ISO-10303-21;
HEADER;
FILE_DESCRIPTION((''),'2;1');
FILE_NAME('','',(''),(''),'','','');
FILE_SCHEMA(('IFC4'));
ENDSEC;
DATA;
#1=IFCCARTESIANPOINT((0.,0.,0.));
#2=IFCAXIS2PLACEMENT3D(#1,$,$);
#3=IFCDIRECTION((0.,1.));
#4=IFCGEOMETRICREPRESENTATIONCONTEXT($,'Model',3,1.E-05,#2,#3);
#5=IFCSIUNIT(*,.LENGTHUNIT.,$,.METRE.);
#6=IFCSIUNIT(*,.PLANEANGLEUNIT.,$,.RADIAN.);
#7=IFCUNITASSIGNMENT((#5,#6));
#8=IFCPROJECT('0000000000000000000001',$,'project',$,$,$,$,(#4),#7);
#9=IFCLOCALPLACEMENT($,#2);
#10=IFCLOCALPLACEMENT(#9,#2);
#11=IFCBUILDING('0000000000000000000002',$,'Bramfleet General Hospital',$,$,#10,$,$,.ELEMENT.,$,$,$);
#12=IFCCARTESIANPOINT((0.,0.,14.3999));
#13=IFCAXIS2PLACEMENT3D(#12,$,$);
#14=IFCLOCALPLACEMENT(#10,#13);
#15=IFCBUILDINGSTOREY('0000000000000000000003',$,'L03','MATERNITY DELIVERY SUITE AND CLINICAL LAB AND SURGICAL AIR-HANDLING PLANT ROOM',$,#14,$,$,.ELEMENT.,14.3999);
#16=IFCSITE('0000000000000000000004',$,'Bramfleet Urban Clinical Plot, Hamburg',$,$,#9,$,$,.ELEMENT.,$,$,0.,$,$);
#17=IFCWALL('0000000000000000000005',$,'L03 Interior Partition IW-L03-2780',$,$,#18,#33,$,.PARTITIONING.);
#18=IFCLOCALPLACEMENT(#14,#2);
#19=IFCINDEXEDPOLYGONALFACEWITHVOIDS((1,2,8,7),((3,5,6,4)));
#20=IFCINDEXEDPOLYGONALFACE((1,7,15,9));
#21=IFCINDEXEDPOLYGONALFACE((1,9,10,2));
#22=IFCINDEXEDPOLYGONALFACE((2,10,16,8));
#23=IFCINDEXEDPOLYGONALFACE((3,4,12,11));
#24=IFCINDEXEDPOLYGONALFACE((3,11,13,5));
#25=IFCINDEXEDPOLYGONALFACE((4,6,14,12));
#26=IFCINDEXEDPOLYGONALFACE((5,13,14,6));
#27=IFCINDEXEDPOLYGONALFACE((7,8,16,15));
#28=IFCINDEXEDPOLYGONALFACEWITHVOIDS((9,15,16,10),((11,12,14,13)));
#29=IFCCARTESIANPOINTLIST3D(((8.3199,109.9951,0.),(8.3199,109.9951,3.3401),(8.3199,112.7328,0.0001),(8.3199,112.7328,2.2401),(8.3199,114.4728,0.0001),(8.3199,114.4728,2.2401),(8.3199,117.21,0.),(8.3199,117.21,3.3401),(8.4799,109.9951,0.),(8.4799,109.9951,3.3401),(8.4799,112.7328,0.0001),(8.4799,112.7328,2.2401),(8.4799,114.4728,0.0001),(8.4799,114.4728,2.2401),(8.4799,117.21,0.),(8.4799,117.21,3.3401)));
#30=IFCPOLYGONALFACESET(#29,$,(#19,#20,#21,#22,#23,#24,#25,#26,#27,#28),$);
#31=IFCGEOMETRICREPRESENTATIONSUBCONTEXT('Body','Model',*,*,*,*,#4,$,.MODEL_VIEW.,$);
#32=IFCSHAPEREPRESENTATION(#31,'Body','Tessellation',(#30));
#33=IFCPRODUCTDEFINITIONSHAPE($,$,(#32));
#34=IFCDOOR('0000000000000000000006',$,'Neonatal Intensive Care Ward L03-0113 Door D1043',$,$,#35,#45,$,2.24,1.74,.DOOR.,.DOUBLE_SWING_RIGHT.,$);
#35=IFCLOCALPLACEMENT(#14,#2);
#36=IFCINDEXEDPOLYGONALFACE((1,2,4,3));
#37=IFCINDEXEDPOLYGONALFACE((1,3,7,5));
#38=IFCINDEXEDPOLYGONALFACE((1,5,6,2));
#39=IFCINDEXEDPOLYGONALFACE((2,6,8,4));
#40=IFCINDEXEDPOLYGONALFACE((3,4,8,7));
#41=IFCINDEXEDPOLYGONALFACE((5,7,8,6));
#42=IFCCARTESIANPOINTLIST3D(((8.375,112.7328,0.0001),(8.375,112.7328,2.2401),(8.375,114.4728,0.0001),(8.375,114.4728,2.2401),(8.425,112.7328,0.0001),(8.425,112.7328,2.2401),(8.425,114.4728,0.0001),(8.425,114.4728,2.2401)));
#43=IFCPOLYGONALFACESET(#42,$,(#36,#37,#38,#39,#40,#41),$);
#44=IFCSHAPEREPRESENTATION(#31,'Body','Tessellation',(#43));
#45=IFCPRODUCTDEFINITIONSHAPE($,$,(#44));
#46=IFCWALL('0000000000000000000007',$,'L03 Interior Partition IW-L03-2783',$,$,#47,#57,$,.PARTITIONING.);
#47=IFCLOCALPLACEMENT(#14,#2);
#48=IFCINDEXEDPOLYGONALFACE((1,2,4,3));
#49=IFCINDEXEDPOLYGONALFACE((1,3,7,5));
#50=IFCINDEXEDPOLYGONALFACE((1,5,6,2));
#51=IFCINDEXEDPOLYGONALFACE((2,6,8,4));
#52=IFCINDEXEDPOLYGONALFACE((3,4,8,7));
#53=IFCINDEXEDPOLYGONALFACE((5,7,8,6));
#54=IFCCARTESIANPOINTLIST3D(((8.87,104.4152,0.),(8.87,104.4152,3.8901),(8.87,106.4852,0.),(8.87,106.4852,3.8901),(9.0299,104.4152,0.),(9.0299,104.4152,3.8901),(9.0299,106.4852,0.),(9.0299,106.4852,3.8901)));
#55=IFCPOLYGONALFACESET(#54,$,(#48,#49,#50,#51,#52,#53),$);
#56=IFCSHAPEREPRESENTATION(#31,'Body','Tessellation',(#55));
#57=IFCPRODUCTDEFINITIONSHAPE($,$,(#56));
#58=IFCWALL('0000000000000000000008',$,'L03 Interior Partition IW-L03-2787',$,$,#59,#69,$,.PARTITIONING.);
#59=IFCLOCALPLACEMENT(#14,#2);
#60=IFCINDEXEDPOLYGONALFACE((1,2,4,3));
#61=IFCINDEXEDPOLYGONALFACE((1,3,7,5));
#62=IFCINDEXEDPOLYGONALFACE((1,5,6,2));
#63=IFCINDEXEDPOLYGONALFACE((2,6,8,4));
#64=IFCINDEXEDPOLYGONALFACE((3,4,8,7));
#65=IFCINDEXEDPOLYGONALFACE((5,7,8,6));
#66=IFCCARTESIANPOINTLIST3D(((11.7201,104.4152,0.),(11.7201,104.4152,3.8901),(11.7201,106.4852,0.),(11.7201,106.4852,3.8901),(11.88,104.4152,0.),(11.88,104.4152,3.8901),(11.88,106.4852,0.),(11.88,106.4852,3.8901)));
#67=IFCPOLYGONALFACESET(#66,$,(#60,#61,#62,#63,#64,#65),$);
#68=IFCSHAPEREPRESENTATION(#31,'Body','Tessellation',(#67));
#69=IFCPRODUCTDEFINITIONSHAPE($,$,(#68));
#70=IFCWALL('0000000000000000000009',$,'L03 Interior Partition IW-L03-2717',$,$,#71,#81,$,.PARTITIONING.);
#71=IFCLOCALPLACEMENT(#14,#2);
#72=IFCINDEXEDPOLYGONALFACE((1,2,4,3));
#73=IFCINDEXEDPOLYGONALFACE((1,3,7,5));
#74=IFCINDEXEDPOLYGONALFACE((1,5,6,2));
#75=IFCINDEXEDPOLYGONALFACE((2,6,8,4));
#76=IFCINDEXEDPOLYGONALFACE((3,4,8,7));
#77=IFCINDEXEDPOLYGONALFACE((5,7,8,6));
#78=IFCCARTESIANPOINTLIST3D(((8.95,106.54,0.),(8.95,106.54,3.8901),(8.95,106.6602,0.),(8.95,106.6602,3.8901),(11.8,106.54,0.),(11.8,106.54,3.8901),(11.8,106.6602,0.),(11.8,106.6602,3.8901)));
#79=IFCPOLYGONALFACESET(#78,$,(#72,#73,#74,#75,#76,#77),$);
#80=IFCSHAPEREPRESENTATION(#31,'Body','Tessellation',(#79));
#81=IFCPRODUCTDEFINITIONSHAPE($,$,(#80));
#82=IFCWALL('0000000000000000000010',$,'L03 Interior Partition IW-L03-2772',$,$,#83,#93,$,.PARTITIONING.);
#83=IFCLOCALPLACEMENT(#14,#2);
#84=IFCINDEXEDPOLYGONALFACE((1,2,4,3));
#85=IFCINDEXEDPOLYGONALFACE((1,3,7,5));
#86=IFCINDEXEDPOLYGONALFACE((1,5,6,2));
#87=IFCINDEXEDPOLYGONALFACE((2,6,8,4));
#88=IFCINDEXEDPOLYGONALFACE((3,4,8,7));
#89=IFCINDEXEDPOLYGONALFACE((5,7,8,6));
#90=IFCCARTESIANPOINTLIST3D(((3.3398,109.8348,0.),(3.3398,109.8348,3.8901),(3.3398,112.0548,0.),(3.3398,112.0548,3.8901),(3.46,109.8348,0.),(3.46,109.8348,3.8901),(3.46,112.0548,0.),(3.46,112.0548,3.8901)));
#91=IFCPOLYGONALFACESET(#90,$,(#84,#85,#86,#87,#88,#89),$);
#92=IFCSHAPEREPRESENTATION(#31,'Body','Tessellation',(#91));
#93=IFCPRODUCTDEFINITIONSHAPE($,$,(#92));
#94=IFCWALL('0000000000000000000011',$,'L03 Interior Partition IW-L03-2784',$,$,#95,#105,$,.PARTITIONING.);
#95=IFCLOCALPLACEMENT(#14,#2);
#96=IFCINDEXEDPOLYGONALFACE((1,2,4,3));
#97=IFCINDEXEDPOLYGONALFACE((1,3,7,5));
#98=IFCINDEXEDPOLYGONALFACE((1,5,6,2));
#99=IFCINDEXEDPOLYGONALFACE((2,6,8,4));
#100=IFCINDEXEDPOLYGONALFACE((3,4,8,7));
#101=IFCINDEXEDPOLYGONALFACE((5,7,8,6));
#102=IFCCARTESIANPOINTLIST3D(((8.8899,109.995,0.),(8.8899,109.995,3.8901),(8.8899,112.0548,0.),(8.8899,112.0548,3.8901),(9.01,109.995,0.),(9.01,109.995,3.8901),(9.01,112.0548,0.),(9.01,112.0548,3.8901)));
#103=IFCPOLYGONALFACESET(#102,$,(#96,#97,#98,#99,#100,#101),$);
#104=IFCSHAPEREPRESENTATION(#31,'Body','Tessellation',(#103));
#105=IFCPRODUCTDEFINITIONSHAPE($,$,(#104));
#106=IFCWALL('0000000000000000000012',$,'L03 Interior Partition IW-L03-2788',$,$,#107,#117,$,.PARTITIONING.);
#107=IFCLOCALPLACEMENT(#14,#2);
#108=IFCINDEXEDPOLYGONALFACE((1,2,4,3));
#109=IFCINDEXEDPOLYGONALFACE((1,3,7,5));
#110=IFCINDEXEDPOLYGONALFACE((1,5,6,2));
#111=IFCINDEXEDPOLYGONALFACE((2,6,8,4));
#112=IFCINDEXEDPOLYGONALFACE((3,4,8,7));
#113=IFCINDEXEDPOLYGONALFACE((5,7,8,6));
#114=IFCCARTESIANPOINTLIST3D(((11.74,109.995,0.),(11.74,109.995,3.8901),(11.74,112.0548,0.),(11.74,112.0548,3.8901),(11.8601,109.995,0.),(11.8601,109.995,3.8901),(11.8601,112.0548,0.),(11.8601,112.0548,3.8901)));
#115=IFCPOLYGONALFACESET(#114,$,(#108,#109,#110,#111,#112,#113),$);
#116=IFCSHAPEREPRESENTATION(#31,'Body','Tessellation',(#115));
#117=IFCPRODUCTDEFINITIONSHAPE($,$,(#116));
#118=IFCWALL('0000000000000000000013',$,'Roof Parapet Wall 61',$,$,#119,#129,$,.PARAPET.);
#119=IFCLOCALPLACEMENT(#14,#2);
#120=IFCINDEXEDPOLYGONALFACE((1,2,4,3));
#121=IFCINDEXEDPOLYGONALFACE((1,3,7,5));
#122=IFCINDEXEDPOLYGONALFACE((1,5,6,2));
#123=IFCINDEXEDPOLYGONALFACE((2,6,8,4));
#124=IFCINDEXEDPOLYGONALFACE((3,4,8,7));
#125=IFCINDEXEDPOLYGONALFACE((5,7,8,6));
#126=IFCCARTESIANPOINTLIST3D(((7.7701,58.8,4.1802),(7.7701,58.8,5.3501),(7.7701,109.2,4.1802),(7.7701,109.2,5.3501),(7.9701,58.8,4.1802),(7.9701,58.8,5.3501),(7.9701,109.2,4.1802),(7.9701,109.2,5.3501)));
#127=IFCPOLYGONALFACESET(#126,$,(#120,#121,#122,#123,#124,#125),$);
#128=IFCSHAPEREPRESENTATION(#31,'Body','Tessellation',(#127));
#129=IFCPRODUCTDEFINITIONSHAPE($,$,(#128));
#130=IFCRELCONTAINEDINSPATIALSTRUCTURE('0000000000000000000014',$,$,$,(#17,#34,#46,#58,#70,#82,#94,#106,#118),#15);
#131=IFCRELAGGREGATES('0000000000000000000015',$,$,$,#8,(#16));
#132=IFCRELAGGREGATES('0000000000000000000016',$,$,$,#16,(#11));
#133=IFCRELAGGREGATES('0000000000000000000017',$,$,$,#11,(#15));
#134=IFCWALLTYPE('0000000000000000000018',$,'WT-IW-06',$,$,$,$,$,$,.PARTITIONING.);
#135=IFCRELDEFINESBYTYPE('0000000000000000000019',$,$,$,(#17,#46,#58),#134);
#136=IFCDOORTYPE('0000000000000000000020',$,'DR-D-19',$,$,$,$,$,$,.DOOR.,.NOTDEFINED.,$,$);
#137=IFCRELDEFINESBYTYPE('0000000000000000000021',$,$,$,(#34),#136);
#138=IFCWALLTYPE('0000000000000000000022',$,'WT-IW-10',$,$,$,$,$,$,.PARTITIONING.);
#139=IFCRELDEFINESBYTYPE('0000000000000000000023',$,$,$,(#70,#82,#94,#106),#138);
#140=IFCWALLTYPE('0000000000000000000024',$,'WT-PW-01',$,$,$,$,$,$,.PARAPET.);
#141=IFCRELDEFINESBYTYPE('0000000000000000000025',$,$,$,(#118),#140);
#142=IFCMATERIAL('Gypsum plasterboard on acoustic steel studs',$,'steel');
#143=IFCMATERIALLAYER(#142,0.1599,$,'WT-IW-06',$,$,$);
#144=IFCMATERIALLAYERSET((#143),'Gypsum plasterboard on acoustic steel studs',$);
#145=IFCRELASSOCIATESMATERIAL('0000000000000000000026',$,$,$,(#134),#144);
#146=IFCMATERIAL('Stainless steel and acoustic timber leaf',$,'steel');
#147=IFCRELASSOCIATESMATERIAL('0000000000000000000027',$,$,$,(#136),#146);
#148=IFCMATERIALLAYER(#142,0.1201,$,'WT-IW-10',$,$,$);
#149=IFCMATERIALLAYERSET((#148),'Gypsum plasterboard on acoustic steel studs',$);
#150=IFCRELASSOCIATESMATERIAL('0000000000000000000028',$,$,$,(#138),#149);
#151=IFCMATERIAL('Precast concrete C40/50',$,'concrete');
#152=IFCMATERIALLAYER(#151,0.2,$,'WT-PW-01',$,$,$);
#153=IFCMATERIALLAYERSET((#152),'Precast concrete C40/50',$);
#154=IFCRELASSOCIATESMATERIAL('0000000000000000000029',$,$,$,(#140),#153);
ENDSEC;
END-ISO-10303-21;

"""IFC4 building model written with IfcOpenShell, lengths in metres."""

from ifc_helpers import new_model, si_unit, direction, frame, frame_2d, origin, place, context, subcontext, project, spatial, rectangle, extrude, material, layer, layer_set, type_object, element, fill, save


model = new_model("IFC4")

# Units and contexts
model_context = context("Model", 3, precision=1e-05, world=origin(), true_north=direction((0.0, 1.0)))
body_context = subcontext(model_context, "Body", "Model", "MODEL_VIEW")
ifc_project = project(units=[si_unit("LENGTHUNIT", "METRE"), si_unit("PLANEANGLEUNIT", "RADIAN")], contexts=[model_context])

# Site, building, storey
site_placement = place(None, origin())
site = spatial("IfcSite", under=ifc_project, at=site_placement, Name="Bramfleet Urban Clinical Plot, Hamburg", CompositionType="ELEMENT", RefElevation=0.0)
building_placement = place(site_placement, origin())
building = spatial("IfcBuilding", under=site, at=building_placement, Name="Bramfleet General Hospital", CompositionType="ELEMENT")
storey_placement = place(building_placement, frame((0.0, 0.0, 14.3999)))
storey = spatial("IfcBuildingStorey", under=building, at=storey_placement, Name="L03", Description="MATERNITY DELIVERY SUITE AND CLINICAL LAB AND SURGICAL AIR-HANDLING PLANT ROOM", CompositionType="ELEMENT", Elevation=14.3999)

# Shared definitions
ifc_material_1 = material(Name="Gypsum plasterboard on acoustic steel studs", Category="steel")
ifc_layer_1 = layer(ifc_material_1, 0.1599, Name="WT-IW-06")
ifc_layer_set_1 = layer_set([ifc_layer_1], Name="Gypsum plasterboard on acoustic steel studs")
wall_type_1 = type_object("IfcWallType", Name="WT-IW-06", PredefinedType="PARTITIONING", material=ifc_layer_set_1)
ifc_material_2 = material(Name="Stainless steel and acoustic timber leaf", Category="steel")

# Wall, opening, door
wall_1_placement = place(storey_placement, frame((8.3999, 109.9951, 0.0), z_axis=(0.0, 0.0, 1.0), x_axis=(0.0, 1.0, 0.0)))
wall_1 = element("IfcWall", 1, at=wall_1_placement, inside=storey, type_object=wall_type_1, Name="L03 Interior Partition IW-L03-2780", PredefinedType="PARTITIONING", context=body_context, shape_type="SweptSolid", body=[
    extrude(rectangle(XDim=7.2148, YDim=0.1599, at=frame_2d((3.6074, 0.0))), origin(), (0.0, 0.0, 1.0), 3.3401),
])
opening_1_placement = place(wall_1_placement, frame((2.7375, 0.0, 0.0)))
opening_1 = element("IfcOpeningElement", 2, at=opening_1_placement, cuts=wall_1, PredefinedType="OPENING", context=body_context, shape_type="SweptSolid", body=[
    extrude(rectangle(XDim=1.74, YDim=2.24, at=frame_2d((0.8701, 1.1201))), frame((0.0, 0.0898, 0.0), z_axis=(0.0, -1.0, 0.0), x_axis=(1.0, 0.0, 0.0)), (0.0, 0.0, 1.0), 0.1799),
])
door_type_1 = type_object("IfcDoorType", Name="DR-D-19", OperationType="NOTDEFINED", PredefinedType="DOOR", material=ifc_material_2)
door_1_placement = place(opening_1_placement, origin())
door_1 = element("IfcDoor", 3, at=door_1_placement, inside=storey, type_object=door_type_1, Name="Neonatal Intensive Care Ward L03-0113 Door D1043", OperationType="DOUBLE_SWING_RIGHT", OverallHeight=2.24, OverallWidth=1.74, PredefinedType="DOOR", context=body_context, shape_type="SweptSolid", body=[
    extrude(rectangle(XDim=1.74, YDim=2.24, at=frame_2d((0.8701, 1.1201))), frame((0.0, 0.0249, 0.0), z_axis=(0.0, -1.0, 0.0), x_axis=(1.0, 0.0, 0.0)), (0.0, 0.0, 1.0), 0.05),
])
fill(opening_1, door_1)

# Walls
for number, where, z_axis, x_axis, name in (
    (4, (8.95, 104.415, 0.0), (0.0, 0.0, 1.0), (0.0, 1.0, 0.0), "L03 Interior Partition IW-L03-2783"),
    (5, (11.8, 104.415, 0.0), (0.0, 0.0, 1.0), (0.0, 1.0, 0.0), "L03 Interior Partition IW-L03-2787"),
):
    element("IfcWall", number, at=place(storey_placement, frame(where, z_axis=z_axis, x_axis=x_axis)), inside=storey, type_object=wall_type_1, Name=name, PredefinedType="PARTITIONING", context=body_context, shape_type="SweptSolid", body=[
        extrude(rectangle(XDim=2.0701, YDim=0.1599, at=frame_2d((1.0352, 0.0))), origin(), (0.0, 0.0, 1.0), 3.8901),
    ])
ifc_layer_2 = layer(ifc_material_1, 0.1201, Name="WT-IW-10")
ifc_layer_set_2 = layer_set([ifc_layer_2], Name="Gypsum plasterboard on acoustic steel studs")
wall_type_2 = type_object("IfcWallType", Name="WT-IW-10", PredefinedType="PARTITIONING", material=ifc_layer_set_2)
wall_2_placement = place(storey_placement, frame((8.95, 106.6001, 0.0), z_axis=(0.0, 0.0, 1.0), x_axis=(1.0, 0.0, 0.0)))
element("IfcWall", 6, at=wall_2_placement, inside=storey, type_object=wall_type_2, Name="L03 Interior Partition IW-L03-2717", PredefinedType="PARTITIONING", context=body_context, shape_type="SweptSolid", body=[
    extrude(rectangle(XDim=2.8501, YDim=0.1201, at=frame_2d((1.425, 0.0))), origin(), (0.0, 0.0, 1.0), 3.8901),
])
wall_3_placement = place(storey_placement, frame((3.3999, 109.835, 0.0), z_axis=(0.0, 0.0, 1.0), x_axis=(0.0, 1.0, 0.0)))
element("IfcWall", 7, at=wall_3_placement, inside=storey, type_object=wall_type_2, Name="L03 Interior Partition IW-L03-2772", PredefinedType="PARTITIONING", context=body_context, shape_type="SweptSolid", body=[
    extrude(rectangle(XDim=2.22, YDim=0.1201, at=frame_2d((1.1099, 0.0))), origin(), (0.0, 0.0, 1.0), 3.8901),
])
for number, where, z_axis, x_axis, name in (
    (8, (8.95, 109.9951, 0.0), (0.0, 0.0, 1.0), (0.0, 1.0, 0.0), "L03 Interior Partition IW-L03-2784"),
    (9, (11.8, 109.9951, 0.0), (0.0, 0.0, 1.0), (0.0, 1.0, 0.0), "L03 Interior Partition IW-L03-2788"),
):
    element("IfcWall", number, at=place(storey_placement, frame(where, z_axis=z_axis, x_axis=x_axis)), inside=storey, type_object=wall_type_2, Name=name, PredefinedType="PARTITIONING", context=body_context, shape_type="SweptSolid", body=[
        extrude(rectangle(XDim=2.0598, YDim=0.1201, at=frame_2d((1.0298, 0.0))), origin(), (0.0, 0.0, 1.0), 3.8901),
    ])
ifc_material_3 = material(Name="Precast concrete C40/50", Category="concrete")
ifc_layer_3 = layer(ifc_material_3, 0.2, Name="WT-PW-01")
ifc_layer_set_3 = layer_set([ifc_layer_3], Name="Precast concrete C40/50")
wall_type_3 = type_object("IfcWallType", Name="WT-PW-01", PredefinedType="PARAPET", material=ifc_layer_set_3)
wall_4_placement = place(storey_placement, frame((7.8701, 109.2, 4.1802), z_axis=(0.0, 0.0, 1.0), x_axis=(0.0, -1.0, 0.0)))
element("IfcWall", 10, at=wall_4_placement, inside=storey, type_object=wall_type_3, Name="Roof Parapet Wall 61", PredefinedType="PARAPET", context=body_context, shape_type="SweptSolid", body=[
    extrude(rectangle(XDim=50.3999, YDim=0.2, at=frame_2d((25.2, 0.0))), origin(), (0.0, 0.0, 1.0), 1.1699),
])

save(model, "model.ifc")
